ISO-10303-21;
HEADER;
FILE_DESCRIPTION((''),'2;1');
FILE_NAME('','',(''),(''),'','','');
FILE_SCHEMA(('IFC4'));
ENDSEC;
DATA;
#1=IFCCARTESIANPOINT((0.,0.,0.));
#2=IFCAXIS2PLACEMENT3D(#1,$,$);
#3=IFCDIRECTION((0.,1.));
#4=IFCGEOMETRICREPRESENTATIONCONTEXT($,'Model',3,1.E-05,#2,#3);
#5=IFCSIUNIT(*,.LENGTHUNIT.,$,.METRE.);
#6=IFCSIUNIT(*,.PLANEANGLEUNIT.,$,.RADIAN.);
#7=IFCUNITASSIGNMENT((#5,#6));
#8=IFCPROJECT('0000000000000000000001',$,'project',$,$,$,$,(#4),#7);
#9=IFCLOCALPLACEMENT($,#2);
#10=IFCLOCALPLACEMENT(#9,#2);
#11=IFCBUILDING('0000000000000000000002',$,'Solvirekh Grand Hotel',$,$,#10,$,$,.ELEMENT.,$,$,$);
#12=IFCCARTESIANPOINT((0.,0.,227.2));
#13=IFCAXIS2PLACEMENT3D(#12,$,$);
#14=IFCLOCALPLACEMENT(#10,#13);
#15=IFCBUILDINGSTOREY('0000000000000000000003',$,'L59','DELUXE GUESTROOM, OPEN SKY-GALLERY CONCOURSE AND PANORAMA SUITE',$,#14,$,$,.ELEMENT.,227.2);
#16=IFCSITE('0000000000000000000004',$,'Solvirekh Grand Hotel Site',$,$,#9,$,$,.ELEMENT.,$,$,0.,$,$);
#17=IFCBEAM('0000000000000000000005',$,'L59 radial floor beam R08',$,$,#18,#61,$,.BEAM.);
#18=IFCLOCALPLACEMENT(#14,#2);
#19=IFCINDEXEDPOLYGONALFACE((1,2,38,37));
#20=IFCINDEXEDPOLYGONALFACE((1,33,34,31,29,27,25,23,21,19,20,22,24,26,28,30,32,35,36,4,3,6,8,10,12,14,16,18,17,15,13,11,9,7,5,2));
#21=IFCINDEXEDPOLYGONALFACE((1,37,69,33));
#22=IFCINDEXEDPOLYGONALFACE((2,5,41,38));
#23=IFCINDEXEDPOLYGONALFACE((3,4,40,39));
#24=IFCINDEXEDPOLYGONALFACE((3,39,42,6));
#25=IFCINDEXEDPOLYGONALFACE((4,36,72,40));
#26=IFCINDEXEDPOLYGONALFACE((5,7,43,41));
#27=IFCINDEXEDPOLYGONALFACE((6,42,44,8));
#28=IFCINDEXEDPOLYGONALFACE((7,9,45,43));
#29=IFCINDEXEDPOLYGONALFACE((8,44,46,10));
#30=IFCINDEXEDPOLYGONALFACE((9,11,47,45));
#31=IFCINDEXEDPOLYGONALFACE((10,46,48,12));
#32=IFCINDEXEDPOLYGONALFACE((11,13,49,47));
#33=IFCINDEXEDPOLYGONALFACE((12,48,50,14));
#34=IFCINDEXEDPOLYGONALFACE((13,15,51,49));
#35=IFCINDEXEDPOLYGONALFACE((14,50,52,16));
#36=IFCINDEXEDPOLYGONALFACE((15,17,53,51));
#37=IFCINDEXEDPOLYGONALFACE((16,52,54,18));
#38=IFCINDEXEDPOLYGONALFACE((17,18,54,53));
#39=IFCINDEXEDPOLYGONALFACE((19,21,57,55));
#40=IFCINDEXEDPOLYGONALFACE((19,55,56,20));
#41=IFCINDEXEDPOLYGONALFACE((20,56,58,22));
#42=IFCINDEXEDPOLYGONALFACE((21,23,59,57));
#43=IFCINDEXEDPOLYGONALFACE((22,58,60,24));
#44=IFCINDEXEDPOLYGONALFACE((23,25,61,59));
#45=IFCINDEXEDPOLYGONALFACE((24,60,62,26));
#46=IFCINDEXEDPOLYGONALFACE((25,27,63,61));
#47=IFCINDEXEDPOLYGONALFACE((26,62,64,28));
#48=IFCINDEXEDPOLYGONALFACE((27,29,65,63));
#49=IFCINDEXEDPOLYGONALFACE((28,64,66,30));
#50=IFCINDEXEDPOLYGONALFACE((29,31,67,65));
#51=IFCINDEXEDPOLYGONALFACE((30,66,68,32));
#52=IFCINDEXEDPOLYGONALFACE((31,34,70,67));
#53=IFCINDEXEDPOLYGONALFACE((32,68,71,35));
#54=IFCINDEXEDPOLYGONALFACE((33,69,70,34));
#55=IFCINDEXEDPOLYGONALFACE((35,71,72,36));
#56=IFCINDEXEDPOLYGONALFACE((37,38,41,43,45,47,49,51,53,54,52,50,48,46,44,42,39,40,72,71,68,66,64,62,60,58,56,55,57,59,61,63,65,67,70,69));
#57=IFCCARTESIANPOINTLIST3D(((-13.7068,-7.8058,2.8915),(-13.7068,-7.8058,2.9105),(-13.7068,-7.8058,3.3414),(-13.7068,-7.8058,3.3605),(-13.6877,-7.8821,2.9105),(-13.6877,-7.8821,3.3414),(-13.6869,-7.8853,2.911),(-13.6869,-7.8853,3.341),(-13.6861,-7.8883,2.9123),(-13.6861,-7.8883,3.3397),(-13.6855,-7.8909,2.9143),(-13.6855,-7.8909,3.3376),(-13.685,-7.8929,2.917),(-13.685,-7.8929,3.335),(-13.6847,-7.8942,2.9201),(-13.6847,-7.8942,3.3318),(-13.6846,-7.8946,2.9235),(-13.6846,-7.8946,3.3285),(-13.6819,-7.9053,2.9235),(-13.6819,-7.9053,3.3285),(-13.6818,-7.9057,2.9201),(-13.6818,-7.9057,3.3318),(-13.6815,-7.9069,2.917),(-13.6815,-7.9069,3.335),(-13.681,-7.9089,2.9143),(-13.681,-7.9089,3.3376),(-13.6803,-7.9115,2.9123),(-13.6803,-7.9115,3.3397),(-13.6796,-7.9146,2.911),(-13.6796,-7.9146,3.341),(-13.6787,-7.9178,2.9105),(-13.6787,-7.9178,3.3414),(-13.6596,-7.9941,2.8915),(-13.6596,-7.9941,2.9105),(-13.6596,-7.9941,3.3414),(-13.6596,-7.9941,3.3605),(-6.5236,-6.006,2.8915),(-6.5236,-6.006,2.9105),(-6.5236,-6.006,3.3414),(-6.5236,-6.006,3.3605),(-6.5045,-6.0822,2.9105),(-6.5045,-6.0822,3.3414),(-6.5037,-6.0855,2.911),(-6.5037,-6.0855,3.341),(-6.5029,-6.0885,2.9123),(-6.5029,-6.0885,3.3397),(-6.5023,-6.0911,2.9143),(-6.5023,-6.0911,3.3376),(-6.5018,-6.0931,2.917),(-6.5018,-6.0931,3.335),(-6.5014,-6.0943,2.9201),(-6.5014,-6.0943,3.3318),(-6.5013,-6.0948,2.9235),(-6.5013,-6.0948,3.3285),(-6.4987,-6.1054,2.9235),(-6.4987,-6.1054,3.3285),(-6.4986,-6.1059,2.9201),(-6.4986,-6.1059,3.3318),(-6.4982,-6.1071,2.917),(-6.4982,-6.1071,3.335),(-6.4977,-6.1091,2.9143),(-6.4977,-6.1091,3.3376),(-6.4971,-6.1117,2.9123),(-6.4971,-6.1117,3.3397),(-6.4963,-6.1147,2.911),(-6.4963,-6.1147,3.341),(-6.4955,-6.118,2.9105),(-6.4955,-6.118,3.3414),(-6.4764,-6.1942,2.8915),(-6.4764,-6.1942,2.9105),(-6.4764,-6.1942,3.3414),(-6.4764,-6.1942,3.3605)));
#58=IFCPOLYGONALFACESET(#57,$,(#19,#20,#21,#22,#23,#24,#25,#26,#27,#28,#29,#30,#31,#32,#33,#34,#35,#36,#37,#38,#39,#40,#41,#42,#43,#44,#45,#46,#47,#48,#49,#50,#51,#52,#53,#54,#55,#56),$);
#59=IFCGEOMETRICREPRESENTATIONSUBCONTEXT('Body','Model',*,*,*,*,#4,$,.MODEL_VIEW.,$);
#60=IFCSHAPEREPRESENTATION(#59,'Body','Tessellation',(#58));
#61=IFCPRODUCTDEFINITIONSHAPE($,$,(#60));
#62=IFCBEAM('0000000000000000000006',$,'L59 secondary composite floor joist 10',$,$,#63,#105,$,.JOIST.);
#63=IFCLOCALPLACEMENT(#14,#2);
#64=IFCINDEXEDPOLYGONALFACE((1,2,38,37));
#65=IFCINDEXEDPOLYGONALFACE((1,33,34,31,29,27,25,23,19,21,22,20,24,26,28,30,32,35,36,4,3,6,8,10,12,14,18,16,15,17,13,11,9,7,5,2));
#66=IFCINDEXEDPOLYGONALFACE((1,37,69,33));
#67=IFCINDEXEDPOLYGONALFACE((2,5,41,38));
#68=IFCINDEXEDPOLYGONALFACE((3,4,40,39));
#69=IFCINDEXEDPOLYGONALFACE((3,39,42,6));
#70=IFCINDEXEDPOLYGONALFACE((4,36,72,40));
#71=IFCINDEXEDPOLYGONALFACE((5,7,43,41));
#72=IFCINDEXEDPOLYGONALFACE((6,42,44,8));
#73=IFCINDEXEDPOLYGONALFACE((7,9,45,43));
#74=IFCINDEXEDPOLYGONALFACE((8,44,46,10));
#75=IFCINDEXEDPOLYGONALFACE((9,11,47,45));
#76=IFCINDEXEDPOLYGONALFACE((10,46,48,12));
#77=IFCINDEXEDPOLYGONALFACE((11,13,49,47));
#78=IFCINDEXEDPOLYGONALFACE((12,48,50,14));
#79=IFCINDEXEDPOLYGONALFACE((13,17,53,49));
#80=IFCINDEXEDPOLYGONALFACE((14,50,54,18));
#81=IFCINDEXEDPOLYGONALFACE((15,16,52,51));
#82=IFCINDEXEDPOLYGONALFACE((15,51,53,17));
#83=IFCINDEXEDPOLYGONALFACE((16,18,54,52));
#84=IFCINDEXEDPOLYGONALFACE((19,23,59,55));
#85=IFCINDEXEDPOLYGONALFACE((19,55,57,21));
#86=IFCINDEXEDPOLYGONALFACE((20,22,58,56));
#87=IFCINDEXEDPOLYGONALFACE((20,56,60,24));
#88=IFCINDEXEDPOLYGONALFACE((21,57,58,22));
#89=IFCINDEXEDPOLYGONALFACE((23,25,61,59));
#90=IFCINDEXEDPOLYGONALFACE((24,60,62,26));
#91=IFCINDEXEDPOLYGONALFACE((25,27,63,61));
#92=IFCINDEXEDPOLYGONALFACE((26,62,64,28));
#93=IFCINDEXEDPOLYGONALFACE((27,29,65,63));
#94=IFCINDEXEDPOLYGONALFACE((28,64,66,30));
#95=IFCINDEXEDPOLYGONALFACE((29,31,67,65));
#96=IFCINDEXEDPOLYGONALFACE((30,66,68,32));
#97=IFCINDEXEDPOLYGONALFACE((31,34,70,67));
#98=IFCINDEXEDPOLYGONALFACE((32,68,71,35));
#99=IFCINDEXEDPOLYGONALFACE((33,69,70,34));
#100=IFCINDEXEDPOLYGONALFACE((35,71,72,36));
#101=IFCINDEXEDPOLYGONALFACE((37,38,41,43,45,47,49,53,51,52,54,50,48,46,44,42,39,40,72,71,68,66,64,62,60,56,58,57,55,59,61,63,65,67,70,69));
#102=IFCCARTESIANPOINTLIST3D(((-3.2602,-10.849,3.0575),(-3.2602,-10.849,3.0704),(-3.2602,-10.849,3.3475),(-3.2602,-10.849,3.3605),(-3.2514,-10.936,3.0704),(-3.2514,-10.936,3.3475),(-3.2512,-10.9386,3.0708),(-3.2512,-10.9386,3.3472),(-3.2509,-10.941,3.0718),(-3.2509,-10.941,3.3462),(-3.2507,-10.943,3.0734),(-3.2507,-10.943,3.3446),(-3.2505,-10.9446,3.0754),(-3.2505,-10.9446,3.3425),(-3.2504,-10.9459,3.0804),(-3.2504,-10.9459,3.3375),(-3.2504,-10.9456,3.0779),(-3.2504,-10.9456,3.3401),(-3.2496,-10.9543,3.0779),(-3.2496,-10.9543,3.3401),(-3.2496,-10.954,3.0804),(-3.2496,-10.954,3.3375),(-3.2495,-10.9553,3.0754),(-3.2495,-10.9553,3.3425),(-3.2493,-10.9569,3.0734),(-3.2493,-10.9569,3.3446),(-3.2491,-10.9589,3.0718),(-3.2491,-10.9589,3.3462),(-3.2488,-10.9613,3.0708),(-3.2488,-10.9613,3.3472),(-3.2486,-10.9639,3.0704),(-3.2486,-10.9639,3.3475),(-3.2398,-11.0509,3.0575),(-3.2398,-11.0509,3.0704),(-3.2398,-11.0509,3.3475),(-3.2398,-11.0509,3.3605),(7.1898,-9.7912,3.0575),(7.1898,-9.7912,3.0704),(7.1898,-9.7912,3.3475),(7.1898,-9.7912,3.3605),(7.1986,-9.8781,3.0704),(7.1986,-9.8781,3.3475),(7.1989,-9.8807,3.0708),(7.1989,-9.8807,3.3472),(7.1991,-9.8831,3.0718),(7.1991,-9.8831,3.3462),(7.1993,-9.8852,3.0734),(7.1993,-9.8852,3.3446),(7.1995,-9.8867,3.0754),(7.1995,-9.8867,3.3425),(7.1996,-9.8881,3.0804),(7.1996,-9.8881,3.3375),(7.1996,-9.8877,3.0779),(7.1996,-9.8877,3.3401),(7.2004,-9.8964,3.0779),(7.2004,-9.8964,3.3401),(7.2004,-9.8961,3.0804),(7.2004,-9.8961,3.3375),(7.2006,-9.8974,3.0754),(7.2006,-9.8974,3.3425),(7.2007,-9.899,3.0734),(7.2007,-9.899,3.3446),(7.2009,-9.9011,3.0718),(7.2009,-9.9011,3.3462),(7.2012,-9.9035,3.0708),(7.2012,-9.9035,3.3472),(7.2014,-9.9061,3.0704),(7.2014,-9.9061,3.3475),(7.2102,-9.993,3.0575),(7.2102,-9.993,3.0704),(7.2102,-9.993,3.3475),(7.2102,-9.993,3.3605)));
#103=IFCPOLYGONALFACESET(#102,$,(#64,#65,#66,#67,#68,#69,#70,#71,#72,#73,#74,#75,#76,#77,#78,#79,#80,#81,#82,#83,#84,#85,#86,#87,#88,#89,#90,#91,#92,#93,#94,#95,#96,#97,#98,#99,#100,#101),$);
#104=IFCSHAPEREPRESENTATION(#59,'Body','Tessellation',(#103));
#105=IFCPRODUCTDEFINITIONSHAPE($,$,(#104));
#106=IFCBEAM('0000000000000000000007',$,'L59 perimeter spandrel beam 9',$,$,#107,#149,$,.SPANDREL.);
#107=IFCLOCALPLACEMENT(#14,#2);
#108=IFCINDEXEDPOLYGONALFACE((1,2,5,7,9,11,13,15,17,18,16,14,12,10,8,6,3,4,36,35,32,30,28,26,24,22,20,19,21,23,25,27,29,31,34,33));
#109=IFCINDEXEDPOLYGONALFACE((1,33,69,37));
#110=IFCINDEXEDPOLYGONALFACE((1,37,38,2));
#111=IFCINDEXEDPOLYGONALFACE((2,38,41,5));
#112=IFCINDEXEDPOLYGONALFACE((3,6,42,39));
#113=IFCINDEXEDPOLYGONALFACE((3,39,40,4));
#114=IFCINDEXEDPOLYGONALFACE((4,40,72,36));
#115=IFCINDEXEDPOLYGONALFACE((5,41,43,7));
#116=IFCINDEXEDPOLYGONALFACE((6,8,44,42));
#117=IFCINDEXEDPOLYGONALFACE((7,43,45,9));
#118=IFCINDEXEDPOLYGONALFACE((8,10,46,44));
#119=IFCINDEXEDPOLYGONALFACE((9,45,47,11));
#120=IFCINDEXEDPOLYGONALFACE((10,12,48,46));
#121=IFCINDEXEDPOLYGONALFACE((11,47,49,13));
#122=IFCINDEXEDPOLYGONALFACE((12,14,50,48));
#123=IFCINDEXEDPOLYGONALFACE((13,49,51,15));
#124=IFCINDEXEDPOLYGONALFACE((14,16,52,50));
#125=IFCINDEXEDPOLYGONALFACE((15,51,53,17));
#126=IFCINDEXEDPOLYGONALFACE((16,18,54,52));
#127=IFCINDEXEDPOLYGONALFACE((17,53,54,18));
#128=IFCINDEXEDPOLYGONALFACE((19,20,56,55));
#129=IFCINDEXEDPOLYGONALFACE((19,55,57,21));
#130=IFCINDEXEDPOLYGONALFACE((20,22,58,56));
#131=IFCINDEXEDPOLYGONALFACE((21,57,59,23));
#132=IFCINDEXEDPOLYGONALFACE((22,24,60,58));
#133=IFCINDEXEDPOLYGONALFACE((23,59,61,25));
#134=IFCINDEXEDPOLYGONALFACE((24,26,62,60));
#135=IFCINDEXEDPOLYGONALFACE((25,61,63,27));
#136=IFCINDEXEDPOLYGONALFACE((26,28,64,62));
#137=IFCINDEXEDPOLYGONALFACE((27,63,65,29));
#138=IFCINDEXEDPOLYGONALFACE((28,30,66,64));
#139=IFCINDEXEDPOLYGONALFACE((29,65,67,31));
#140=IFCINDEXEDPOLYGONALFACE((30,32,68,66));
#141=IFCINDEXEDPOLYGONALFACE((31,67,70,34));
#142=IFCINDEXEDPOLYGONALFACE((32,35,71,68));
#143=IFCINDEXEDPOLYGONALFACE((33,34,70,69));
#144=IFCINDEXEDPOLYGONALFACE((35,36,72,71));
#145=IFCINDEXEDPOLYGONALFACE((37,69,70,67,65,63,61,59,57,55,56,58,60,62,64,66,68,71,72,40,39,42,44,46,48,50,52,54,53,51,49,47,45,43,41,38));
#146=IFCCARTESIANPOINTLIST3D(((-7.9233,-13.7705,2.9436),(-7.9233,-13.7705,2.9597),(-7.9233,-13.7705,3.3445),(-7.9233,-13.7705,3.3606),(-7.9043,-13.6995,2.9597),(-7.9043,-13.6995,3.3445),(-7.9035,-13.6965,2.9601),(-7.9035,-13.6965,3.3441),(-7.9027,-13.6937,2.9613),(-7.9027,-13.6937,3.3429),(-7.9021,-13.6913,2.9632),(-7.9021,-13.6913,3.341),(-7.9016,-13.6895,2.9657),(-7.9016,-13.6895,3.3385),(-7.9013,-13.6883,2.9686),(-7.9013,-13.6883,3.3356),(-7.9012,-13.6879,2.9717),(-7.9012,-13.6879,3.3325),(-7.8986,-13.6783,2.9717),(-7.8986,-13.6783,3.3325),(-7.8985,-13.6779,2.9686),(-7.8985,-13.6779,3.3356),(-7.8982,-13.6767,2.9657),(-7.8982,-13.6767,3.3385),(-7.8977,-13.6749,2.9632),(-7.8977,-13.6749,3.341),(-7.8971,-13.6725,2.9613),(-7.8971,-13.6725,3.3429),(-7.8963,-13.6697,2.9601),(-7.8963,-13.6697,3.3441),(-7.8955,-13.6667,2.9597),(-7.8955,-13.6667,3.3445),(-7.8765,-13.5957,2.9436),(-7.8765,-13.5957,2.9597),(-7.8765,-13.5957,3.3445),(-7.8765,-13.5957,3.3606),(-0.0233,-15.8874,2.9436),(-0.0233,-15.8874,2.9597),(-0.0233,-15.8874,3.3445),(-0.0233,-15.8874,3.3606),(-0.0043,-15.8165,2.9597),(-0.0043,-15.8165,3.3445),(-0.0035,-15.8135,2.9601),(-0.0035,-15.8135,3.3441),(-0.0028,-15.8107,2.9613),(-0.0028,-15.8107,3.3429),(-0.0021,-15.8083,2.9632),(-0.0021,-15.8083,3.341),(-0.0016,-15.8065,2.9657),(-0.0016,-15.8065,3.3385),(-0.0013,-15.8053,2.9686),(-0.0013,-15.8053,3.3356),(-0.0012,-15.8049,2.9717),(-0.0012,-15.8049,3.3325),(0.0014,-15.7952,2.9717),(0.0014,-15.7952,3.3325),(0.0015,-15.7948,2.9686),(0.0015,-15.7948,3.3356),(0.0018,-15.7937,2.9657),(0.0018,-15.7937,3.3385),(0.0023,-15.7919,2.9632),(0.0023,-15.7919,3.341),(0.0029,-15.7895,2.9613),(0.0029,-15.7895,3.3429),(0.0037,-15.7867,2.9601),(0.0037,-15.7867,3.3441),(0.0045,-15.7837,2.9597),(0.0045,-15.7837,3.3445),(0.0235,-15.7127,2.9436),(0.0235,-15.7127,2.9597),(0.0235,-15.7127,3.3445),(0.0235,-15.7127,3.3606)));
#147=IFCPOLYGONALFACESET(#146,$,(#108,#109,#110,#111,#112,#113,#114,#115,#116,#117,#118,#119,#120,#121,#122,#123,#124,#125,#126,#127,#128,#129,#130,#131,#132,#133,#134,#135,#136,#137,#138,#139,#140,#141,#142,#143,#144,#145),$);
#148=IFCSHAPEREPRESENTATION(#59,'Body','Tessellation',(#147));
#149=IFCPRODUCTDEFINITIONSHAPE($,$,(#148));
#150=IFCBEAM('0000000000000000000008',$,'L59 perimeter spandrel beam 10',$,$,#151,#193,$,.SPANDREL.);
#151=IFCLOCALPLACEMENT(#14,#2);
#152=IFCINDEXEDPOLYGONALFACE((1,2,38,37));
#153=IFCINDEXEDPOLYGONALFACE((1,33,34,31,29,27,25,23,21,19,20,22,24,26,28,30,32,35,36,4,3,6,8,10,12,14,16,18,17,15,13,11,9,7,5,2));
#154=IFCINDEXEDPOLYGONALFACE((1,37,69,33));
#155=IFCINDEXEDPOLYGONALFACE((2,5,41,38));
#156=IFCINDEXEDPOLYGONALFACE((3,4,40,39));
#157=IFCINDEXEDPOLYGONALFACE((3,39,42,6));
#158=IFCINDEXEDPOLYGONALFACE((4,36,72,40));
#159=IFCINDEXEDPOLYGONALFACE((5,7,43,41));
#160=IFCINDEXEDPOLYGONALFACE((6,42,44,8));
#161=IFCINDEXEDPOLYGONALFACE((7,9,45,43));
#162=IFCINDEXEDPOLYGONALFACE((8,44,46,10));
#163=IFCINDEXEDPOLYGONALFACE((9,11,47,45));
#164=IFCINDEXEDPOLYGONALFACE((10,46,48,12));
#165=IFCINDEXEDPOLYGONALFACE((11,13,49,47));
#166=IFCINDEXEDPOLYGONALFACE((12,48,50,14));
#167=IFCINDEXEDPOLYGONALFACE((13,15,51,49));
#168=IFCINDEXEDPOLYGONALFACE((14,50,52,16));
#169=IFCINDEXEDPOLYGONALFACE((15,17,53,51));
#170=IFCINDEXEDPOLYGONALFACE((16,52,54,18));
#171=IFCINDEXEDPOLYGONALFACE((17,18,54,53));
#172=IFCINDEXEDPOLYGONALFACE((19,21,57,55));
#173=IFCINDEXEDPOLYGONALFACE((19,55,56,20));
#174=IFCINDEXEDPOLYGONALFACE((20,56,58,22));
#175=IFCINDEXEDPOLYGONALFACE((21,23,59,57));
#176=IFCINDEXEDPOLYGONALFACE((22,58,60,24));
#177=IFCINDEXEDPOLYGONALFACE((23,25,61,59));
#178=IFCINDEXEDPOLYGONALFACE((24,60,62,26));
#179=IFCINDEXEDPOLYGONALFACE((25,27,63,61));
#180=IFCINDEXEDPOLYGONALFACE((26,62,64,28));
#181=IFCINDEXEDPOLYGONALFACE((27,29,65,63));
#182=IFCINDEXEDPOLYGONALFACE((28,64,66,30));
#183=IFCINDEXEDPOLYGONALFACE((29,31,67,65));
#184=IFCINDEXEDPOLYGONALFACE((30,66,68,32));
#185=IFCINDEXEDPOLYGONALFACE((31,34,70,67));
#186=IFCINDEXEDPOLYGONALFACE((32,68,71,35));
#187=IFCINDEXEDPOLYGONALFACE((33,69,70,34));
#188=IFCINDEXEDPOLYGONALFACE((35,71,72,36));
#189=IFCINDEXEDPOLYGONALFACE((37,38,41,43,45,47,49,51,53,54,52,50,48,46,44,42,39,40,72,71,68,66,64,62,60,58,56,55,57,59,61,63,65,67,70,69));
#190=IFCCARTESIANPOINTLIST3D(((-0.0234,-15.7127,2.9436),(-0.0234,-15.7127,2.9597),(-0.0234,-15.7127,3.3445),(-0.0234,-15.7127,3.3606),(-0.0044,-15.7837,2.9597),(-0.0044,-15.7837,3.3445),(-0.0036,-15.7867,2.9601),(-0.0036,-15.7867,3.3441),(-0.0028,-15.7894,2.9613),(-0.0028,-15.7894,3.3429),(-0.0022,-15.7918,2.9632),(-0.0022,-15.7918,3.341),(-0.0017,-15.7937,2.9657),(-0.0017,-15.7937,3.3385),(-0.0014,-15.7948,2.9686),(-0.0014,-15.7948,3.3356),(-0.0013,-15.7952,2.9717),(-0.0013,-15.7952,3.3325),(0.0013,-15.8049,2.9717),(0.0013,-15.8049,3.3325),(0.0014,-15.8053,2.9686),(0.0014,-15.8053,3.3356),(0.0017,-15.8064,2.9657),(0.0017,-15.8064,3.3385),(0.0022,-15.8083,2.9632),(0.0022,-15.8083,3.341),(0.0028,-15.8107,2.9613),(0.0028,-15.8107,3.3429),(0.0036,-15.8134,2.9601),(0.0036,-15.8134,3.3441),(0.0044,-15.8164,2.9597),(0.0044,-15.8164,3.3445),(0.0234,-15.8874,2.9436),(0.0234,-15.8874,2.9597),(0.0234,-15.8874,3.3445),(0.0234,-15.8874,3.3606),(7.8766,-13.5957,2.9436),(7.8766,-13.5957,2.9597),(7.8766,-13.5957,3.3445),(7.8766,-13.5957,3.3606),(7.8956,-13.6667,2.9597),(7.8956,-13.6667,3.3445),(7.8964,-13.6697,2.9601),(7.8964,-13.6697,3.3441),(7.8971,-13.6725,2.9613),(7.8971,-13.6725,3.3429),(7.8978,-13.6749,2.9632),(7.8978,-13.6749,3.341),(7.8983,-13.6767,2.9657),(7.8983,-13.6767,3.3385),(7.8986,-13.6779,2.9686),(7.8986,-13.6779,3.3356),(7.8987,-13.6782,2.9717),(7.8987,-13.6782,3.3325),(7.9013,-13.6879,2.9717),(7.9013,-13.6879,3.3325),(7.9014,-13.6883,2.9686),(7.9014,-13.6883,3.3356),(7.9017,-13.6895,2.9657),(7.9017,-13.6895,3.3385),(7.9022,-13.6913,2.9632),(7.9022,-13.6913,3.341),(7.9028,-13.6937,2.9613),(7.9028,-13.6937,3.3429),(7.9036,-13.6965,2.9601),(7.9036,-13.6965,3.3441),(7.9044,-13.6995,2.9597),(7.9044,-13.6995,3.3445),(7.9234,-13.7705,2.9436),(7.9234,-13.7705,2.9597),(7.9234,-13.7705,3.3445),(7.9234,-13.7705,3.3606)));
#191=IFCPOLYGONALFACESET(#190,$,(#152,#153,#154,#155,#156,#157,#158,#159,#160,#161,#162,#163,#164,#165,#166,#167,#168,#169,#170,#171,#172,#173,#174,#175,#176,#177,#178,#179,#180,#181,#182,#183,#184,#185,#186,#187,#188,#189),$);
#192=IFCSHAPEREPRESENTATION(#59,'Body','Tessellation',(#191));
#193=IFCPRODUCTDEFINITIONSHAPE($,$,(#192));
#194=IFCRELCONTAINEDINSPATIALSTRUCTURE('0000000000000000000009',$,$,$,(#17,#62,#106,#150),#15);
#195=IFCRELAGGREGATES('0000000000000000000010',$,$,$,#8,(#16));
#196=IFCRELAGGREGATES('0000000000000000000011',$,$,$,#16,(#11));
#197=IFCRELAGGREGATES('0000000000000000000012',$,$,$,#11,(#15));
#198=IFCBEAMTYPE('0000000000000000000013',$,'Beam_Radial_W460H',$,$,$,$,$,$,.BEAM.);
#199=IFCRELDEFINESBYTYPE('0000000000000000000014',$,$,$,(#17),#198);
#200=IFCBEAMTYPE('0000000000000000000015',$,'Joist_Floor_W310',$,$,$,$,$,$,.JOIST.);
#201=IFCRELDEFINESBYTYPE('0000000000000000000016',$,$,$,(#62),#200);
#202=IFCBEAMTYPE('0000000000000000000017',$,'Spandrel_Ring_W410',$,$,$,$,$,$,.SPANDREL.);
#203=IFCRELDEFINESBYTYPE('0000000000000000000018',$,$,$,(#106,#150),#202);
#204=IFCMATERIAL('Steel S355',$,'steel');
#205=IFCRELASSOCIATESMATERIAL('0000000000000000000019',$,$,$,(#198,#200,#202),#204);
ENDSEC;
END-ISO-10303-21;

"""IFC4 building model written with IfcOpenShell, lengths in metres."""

from ifc_helpers import new_model, si_unit, direction, frame, origin, origin_2d, place, context, subcontext, project, spatial, i_section, extrude, material, material_profile, profile_set, type_object, element, save


model = new_model("IFC4")

# Units and contexts
model_context = context("Model", 3, precision=1e-05, world=origin(), true_north=direction((0.0, 1.0)))
body_context = subcontext(model_context, "Body", "Model", "MODEL_VIEW")
ifc_project = project(units=[si_unit("LENGTHUNIT", "METRE"), si_unit("PLANEANGLEUNIT", "RADIAN")], contexts=[model_context])

# Site, building, storey
site_placement = place(None, origin())
site = spatial("IfcSite", under=ifc_project, at=site_placement, Name="Solvirekh Grand Hotel Site", CompositionType="ELEMENT", RefElevation=0.0)
building_placement = place(site_placement, origin())
building = spatial("IfcBuilding", under=site, at=building_placement, Name="Solvirekh Grand Hotel", CompositionType="ELEMENT")
storey_placement = place(building_placement, frame((0.0, 0.0, 227.2)))
storey = spatial("IfcBuildingStorey", under=building, at=storey_placement, Name="L59", Description="DELUXE GUESTROOM, OPEN SKY-GALLERY CONCOURSE AND PANORAMA SUITE", CompositionType="ELEMENT", Elevation=227.2)

# Beams
ifc_material_1 = material(Name="Steel S355", Category="steel")
ifc_material_profile_1 = material_profile(ifc_material_1, i_section(OverallWidth=0.1941, OverallDepth=0.469, WebThickness=0.011, FlangeThickness=0.019, FilletRadius=0.0129, at=origin_2d()), Name="W460X106")
ifc_profile_set_1 = profile_set([ifc_material_profile_1], Name="Steel S355")
beam_type_1 = type_object("IfcBeamType", Name="Beam_Radial_W460H", PredefinedType="BEAM", material=ifc_profile_set_1)
beam_1_placement = place(storey_placement, frame((-6.5, -6.1001, 3.126), z_axis=(-0.970014, -0.243048, 0.0), x_axis=(0.243048, -0.970014, 0.0)))
element("IfcBeam", 1, at=beam_1_placement, inside=storey, type_object=beam_type_1, Name="L59 radial floor beam R08", PredefinedType="BEAM", context=body_context, shape_type="SweptSolid", body=[
    extrude(i_section(OverallWidth=0.1941, OverallDepth=0.469, WebThickness=0.011, FlangeThickness=0.019, FilletRadius=0.0129, at=origin_2d()), origin(), (0.0, 0.0, 1.0), 7.4053),
])
ifc_material_profile_2 = material_profile(ifc_material_1, i_section(OverallWidth=0.2029, OverallDepth=0.303, WebThickness=0.0081, FlangeThickness=0.0129, FilletRadius=0.01, at=origin_2d()), Name="W310X60")
ifc_profile_set_2 = profile_set([ifc_material_profile_2], Name="Steel S355")
beam_type_2 = type_object("IfcBeamType", Name="Joist_Floor_W310", PredefinedType="JOIST", material=ifc_profile_set_2)
beam_2_placement = place(storey_placement, frame((-3.25, -10.95, 3.209), z_axis=(0.994915, 0.100716, 0.0), x_axis=(-0.100716, 0.994915, 0.0)))
element("IfcBeam", 2, at=beam_2_placement, inside=storey, type_object=beam_type_2, Name="L59 secondary composite floor joist 10", PredefinedType="JOIST", context=body_context, shape_type="SweptSolid", body=[
    extrude(i_section(OverallWidth=0.2029, OverallDepth=0.303, WebThickness=0.0081, FlangeThickness=0.0129, FilletRadius=0.01, at=origin_2d()), origin(), (0.0, 0.0, 1.0), 10.5034),
])
ifc_material_profile_3 = material_profile(ifc_material_1, i_section(OverallWidth=0.1809, OverallDepth=0.417, WebThickness=0.01, FlangeThickness=0.0161, FilletRadius=0.012, at=origin_2d()), Name="W410X85")
ifc_profile_set_3 = profile_set([ifc_material_profile_3], Name="Steel S355")
beam_type_3 = type_object("IfcBeamType", Name="Spandrel_Ring_W410", PredefinedType="SPANDREL", material=ifc_profile_set_3)
for number, where, z_axis, x_axis, name in (
    (3, (-7.8999, -13.6831, 3.1521), (0.965921, -0.258839, 0.0), (0.258839, 0.965921, 0.0), "L59 perimeter spandrel beam 9"),
    (4, (0.0, -15.8, 3.1521), (0.965921, 0.258839, 0.0), (-0.258839, 0.965921, 0.0), "L59 perimeter spandrel beam 10"),
):
    element("IfcBeam", number, at=place(storey_placement, frame(where, z_axis=z_axis, x_axis=x_axis)), inside=storey, type_object=beam_type_3, Name=name, PredefinedType="SPANDREL", context=body_context, shape_type="SweptSolid", body=[
        extrude(i_section(OverallWidth=0.1809, OverallDepth=0.417, WebThickness=0.01, FlangeThickness=0.0161, FilletRadius=0.012, at=origin_2d()), origin(), (0.0, 0.0, 1.0), 8.1787),
    ])

save(model, "model.ifc")
